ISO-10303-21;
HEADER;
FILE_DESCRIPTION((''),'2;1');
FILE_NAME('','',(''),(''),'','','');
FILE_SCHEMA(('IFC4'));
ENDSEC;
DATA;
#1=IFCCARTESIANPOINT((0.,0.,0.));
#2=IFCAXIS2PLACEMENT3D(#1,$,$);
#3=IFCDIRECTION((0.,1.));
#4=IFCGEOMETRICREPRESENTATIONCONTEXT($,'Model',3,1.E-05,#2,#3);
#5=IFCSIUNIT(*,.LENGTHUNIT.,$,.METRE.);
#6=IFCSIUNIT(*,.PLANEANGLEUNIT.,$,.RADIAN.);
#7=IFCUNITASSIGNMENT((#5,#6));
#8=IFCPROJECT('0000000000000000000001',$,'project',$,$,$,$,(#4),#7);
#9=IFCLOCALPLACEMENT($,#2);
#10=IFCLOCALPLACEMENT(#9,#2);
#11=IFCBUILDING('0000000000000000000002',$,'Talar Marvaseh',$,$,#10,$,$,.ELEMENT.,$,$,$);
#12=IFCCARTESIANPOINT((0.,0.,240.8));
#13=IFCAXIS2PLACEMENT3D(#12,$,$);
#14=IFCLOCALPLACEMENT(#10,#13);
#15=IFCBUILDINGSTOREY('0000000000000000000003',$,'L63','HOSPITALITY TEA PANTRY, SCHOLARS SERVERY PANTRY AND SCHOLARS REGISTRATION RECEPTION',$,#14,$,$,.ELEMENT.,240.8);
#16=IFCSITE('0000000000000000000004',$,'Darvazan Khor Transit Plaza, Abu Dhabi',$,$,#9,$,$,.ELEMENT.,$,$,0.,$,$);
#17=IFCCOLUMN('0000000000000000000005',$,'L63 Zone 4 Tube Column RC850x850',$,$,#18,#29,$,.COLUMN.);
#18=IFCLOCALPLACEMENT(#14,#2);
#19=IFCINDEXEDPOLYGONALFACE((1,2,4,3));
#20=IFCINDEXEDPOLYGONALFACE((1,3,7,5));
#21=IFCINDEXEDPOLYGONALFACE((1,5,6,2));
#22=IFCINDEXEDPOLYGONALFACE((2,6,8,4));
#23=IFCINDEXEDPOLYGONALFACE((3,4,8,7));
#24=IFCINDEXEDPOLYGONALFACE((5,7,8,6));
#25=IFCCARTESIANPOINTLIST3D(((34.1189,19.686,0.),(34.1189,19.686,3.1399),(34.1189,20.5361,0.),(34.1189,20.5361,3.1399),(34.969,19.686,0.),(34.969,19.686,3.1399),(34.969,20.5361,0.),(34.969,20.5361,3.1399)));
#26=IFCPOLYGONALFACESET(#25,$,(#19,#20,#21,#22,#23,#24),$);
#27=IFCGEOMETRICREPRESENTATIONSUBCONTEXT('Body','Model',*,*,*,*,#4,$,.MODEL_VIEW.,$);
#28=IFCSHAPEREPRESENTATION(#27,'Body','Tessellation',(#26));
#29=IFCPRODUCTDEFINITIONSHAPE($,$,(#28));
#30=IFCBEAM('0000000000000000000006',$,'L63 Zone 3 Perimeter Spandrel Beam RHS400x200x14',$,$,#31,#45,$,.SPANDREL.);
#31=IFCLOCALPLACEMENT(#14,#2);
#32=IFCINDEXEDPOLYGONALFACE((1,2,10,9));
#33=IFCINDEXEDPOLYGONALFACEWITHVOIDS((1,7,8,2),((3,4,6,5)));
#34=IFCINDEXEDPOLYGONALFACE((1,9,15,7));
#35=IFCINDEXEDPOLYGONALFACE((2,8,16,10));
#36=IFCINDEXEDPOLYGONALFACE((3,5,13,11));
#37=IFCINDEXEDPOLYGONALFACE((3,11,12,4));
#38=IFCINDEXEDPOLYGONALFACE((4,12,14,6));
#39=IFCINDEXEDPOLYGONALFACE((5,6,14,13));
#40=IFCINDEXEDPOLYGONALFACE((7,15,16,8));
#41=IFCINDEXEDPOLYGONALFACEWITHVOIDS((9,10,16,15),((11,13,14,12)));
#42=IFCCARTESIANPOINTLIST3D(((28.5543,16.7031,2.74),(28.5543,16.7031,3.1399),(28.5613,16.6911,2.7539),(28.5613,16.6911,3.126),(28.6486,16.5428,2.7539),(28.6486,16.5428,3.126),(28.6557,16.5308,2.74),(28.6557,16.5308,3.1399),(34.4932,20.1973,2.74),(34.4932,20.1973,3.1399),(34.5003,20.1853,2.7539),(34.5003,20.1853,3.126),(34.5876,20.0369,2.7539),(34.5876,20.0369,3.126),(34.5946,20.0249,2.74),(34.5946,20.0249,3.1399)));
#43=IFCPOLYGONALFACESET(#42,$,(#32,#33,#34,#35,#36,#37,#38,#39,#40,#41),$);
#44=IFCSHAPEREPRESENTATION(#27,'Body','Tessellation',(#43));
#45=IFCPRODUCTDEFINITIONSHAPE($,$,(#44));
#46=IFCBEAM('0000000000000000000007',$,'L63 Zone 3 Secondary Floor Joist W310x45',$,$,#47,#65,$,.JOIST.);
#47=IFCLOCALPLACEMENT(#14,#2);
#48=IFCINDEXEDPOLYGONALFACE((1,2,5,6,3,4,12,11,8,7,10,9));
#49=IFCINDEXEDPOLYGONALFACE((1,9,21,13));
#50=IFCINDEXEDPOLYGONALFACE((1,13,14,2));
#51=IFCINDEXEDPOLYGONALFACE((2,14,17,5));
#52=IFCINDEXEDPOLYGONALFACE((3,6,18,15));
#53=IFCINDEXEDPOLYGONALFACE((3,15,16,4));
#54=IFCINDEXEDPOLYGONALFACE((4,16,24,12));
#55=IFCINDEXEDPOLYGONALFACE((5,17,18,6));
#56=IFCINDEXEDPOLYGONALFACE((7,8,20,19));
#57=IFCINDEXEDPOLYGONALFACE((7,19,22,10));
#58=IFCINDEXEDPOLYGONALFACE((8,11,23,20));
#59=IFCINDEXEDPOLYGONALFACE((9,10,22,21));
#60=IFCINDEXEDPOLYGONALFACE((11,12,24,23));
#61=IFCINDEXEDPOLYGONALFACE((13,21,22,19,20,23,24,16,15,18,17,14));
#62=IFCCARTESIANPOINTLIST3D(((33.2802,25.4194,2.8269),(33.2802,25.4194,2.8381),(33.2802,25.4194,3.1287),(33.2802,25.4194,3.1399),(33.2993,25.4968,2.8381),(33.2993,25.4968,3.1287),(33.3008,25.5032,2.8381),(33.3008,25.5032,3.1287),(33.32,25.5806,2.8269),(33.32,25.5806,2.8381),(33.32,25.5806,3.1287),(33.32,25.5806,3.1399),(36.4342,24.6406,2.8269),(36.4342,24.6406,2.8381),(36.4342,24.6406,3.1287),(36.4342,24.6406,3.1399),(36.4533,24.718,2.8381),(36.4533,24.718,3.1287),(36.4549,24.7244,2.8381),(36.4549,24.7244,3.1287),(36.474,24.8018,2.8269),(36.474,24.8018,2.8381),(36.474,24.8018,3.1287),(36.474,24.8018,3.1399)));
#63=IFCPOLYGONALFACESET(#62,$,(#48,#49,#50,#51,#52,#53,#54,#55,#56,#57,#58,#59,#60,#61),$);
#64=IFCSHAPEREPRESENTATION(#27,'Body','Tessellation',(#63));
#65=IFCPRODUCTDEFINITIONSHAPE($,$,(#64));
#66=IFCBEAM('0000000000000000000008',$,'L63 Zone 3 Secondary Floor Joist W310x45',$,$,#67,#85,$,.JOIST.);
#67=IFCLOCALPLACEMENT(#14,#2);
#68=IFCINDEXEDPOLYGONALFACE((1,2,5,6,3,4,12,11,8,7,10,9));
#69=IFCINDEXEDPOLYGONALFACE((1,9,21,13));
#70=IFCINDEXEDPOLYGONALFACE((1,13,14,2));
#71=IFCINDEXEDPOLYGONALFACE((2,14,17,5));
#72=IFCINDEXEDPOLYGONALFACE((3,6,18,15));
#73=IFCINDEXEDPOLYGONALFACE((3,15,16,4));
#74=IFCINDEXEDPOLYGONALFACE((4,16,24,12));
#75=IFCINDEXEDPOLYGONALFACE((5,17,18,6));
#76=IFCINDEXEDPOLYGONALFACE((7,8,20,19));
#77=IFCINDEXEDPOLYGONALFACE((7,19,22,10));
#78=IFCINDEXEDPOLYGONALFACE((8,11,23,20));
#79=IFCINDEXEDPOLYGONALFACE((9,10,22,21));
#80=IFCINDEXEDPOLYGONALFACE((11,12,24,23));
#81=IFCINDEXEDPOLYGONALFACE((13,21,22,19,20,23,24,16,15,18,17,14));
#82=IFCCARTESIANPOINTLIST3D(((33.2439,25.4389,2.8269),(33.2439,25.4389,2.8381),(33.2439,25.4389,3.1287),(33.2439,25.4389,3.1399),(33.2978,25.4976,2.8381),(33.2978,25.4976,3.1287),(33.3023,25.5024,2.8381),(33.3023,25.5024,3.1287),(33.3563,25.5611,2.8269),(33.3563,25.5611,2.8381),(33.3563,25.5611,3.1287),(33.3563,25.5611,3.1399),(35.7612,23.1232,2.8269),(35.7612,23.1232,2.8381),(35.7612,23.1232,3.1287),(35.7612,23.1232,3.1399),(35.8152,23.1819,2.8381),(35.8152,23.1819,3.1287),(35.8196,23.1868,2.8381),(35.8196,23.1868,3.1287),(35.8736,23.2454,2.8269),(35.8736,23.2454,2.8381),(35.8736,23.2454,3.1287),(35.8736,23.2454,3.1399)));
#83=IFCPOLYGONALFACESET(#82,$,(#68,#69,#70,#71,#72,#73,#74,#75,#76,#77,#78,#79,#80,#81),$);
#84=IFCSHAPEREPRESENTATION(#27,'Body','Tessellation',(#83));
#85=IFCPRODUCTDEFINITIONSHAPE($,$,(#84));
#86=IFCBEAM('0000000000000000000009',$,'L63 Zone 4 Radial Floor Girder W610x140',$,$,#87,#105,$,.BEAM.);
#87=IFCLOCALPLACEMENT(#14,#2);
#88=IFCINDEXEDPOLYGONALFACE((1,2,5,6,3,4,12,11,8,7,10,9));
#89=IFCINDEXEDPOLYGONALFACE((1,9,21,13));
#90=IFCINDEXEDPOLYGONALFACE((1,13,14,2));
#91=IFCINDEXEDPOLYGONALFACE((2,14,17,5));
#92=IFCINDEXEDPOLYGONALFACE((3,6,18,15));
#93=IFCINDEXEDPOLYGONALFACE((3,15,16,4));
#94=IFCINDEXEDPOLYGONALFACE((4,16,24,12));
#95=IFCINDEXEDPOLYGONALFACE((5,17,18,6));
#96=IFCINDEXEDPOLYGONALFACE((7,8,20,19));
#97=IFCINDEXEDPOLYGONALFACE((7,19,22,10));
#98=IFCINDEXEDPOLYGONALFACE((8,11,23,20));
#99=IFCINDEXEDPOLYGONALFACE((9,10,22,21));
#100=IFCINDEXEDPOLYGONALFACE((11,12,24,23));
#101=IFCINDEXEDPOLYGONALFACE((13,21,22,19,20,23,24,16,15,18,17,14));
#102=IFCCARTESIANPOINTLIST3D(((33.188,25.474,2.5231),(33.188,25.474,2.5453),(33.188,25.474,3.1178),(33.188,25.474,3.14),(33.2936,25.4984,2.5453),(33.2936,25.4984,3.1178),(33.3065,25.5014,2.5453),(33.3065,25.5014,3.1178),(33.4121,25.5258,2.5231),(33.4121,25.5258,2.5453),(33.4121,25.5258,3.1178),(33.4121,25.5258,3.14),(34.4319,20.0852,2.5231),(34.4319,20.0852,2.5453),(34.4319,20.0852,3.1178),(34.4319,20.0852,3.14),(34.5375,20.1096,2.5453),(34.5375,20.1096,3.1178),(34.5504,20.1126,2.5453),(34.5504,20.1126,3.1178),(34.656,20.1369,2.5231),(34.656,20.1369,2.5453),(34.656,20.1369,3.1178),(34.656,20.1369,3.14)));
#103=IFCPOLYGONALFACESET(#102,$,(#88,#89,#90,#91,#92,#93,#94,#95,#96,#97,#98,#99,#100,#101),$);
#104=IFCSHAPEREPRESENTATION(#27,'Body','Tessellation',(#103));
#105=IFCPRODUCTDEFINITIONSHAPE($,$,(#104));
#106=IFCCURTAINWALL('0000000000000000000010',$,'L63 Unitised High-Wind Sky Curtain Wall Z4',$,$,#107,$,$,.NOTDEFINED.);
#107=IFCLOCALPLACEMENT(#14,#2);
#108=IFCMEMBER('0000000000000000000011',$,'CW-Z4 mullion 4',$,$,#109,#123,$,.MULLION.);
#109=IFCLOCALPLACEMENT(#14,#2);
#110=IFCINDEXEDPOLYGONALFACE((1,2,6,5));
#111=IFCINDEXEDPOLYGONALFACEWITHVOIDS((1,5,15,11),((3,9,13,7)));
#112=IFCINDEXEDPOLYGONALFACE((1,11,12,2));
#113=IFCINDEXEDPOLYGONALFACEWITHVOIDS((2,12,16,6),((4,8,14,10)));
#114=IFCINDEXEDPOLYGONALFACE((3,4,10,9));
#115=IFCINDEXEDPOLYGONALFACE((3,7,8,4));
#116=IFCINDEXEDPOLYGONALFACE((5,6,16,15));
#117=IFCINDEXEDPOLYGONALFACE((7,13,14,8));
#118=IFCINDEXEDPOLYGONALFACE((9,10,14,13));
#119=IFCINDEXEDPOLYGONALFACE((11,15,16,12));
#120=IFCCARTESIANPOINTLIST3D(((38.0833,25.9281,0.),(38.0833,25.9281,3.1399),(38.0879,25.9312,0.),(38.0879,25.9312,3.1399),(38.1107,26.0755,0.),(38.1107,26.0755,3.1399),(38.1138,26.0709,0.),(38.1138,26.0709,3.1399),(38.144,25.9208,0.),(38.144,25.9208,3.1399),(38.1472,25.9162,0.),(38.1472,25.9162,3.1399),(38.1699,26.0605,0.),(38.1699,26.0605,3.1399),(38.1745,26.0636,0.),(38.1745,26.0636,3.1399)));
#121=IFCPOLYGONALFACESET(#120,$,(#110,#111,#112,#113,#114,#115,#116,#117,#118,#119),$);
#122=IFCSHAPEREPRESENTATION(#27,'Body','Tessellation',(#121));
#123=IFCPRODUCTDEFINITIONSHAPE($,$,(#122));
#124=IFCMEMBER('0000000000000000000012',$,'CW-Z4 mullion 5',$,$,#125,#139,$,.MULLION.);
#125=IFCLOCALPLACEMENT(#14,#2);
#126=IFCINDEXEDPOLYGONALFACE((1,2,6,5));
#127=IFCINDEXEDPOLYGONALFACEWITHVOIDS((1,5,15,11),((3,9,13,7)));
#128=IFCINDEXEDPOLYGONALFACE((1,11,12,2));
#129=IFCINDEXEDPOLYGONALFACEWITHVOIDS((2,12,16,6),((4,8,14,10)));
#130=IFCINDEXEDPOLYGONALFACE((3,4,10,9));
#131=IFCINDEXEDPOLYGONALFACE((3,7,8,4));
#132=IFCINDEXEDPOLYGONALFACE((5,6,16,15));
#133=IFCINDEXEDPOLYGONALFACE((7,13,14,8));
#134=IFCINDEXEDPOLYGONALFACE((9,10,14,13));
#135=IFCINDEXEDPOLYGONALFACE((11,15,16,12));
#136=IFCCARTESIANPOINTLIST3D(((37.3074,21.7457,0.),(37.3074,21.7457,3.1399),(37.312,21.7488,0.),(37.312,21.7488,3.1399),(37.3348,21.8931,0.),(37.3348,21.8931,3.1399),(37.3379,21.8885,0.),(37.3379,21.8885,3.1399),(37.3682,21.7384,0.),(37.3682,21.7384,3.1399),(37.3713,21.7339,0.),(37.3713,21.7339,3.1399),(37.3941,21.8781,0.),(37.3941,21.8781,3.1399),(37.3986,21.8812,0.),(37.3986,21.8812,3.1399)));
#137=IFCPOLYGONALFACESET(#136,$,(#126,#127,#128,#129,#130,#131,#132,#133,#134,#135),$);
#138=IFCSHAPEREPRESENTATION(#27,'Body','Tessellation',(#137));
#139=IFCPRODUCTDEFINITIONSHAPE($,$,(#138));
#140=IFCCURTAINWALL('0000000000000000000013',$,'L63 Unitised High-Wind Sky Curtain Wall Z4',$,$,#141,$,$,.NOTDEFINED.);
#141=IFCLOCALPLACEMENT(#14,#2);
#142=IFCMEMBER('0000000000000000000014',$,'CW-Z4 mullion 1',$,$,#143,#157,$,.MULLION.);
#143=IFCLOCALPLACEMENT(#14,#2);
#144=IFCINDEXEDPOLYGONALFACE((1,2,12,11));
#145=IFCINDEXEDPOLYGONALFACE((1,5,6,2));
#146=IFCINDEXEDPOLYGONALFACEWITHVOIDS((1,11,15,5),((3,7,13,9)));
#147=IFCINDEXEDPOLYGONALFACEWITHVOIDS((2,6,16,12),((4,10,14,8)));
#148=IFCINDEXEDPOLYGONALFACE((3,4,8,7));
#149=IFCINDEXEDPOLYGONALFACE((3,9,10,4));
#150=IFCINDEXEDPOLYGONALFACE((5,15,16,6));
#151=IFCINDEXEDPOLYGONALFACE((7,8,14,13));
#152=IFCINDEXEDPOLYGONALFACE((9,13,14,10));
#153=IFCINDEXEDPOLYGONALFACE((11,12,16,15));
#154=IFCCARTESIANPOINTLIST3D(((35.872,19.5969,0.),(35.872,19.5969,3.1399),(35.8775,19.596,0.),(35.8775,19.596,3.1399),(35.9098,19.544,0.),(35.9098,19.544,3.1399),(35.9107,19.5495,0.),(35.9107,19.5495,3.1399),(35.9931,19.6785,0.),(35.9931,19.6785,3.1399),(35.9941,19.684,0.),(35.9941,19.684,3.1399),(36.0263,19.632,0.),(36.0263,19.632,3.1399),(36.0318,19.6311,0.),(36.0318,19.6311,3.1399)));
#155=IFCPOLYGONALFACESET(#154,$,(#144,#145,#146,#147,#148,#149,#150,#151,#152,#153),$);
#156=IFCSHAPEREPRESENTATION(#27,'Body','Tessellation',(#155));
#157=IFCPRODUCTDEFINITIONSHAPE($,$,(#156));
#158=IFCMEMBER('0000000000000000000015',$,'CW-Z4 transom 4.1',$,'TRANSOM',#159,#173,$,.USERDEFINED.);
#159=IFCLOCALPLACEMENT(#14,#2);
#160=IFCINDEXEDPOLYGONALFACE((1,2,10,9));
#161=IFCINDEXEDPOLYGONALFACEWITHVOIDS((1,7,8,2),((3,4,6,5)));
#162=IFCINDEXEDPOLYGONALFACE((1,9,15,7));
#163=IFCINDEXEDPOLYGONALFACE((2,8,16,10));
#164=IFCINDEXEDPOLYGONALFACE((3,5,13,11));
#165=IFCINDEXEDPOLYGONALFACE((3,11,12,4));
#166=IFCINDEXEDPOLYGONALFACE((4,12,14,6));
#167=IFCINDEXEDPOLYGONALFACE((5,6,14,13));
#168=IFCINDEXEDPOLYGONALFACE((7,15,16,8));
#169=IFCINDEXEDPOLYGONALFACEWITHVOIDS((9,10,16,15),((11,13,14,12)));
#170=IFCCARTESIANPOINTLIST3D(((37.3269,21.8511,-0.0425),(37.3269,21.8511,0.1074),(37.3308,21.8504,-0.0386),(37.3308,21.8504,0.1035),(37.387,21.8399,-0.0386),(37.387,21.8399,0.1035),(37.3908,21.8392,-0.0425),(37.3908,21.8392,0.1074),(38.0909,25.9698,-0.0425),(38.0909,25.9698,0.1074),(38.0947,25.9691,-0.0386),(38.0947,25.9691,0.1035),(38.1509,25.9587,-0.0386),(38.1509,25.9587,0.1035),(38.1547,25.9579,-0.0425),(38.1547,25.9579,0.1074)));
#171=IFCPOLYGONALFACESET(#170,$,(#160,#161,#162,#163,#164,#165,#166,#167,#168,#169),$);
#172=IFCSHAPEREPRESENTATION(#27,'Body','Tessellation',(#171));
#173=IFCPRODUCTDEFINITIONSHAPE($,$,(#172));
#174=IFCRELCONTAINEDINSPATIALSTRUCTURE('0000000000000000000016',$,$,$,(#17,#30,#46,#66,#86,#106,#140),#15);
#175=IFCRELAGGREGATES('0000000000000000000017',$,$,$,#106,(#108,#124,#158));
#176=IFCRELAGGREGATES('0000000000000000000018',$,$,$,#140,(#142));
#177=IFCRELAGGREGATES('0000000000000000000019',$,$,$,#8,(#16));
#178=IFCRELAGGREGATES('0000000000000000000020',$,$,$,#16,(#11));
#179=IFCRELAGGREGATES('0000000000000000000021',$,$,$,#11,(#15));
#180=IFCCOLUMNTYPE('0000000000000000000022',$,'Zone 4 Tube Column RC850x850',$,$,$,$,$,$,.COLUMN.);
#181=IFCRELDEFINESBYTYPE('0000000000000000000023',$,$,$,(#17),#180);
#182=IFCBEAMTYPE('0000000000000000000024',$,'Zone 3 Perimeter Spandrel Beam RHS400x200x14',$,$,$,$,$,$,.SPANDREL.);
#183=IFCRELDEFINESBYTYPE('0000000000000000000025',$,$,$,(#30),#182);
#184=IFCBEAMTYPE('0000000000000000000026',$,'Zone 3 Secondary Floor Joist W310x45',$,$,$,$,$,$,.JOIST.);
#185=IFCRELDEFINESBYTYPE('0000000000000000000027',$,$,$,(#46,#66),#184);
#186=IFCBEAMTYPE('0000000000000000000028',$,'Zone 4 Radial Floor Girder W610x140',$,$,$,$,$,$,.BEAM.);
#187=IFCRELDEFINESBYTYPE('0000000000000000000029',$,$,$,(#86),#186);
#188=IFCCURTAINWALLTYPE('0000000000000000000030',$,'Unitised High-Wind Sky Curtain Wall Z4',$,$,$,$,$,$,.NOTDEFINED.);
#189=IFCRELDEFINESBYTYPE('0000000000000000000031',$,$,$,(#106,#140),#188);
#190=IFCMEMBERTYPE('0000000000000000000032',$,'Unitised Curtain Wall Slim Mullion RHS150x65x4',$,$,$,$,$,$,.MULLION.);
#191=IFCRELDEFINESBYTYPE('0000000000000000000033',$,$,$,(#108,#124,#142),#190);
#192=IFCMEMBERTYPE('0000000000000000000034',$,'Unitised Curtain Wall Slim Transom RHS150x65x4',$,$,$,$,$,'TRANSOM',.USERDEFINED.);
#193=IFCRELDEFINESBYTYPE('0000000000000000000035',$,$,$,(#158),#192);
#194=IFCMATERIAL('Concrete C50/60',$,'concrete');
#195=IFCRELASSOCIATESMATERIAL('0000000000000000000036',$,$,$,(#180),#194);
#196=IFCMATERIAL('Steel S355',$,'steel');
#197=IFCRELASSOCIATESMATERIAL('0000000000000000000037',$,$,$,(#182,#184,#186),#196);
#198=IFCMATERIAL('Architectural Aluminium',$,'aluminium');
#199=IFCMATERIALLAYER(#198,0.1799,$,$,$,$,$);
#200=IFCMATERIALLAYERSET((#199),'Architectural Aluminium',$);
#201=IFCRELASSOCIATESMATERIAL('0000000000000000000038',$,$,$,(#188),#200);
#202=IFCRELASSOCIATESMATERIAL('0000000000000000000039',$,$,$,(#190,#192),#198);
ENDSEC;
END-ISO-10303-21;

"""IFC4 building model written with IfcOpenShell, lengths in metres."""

from ifc_helpers import new_model, si_unit, direction, frame, origin, origin_2d, place, context, subcontext, project, spatial, rectangle, hollow_rectangle, i_section, extrude, source, transform, mapped, material, layer, layer_set, material_profile, profile_set, type_object, type_shapes, element, aggregate, save


model = new_model("IFC4")

# Units and contexts
model_context = context("Model", 3, precision=1e-05, world=origin(), true_north=direction((0.0, 1.0)))
body_context = subcontext(model_context, "Body", "Model", "MODEL_VIEW")
ifc_project = project(units=[si_unit("LENGTHUNIT", "METRE"), si_unit("PLANEANGLEUNIT", "RADIAN")], contexts=[model_context])

# Site, building, storey
site_placement = place(None, origin())
site = spatial("IfcSite", under=ifc_project, at=site_placement, Name="Darvazan Khor Transit Plaza, Abu Dhabi", CompositionType="ELEMENT", RefElevation=0.0)
building_placement = place(site_placement, origin())
building = spatial("IfcBuilding", under=site, at=building_placement, Name="Talar Marvaseh", CompositionType="ELEMENT")
storey_placement = place(building_placement, frame((0.0, 0.0, 240.8)))
storey = spatial("IfcBuildingStorey", under=building, at=storey_placement, Name="L63", Description="HOSPITALITY TEA PANTRY, SCHOLARS SERVERY PANTRY AND SCHOLARS REGISTRATION RECEPTION", CompositionType="ELEMENT", Elevation=240.8)

# Column
ifc_material_1 = material(Name="Concrete C50/60", Category="concrete")
ifc_material_profile_1 = material_profile(ifc_material_1, rectangle(XDim=0.8501, YDim=0.8501, at=origin_2d()), Name="RC850x850")
ifc_profile_set_1 = profile_set([ifc_material_profile_1], Name="Concrete C50/60")
column_type = type_object("IfcColumnType", Name="Zone 4 Tube Column RC850x850", PredefinedType="COLUMN", material=ifc_profile_set_1)
column_placement = place(storey_placement, frame((34.5439, 20.1111, 0.0), z_axis=(0.0, 0.0, 1.0), x_axis=(1.0, 0.0, 0.0)))
element("IfcColumn", 1, at=column_placement, inside=storey, type_object=column_type, Name="L63 Zone 4 Tube Column RC850x850", PredefinedType="COLUMN", context=body_context, shape_type="SweptSolid", body=[
    extrude(rectangle(XDim=0.8501, YDim=0.8501, at=origin_2d()), origin(), (0.0, 0.0, 1.0), 3.1399),
])

# Beams
ifc_material_2 = material(Name="Steel S355", Category="steel")
ifc_material_profile_2 = material_profile(ifc_material_2, hollow_rectangle(XDim=0.2, YDim=0.3999, WallThickness=0.0139, at=origin_2d()), Name="RHS400x200x14")
ifc_profile_set_2 = profile_set([ifc_material_profile_2], Name="Steel S355")
beam_type_1 = type_object("IfcBeamType", Name="Zone 3 Perimeter Spandrel Beam RHS400x200x14", PredefinedType="SPANDREL", material=ifc_profile_set_2)
beam_1_placement = place(storey_placement, frame((34.5439, 20.1111, 2.9399), z_axis=(-0.861894, -0.507088, 0.0), x_axis=(0.507088, -0.861894, 0.0)))
element("IfcBeam", 2, at=beam_1_placement, inside=storey, type_object=beam_type_1, Name="L63 Zone 3 Perimeter Spandrel Beam RHS400x200x14", PredefinedType="SPANDREL", context=body_context, shape_type="SweptSolid", body=[
    extrude(hollow_rectangle(XDim=0.2, YDim=0.3999, WallThickness=0.0139, at=origin_2d()), origin(), (0.0, 0.0, 1.0), 6.8906),
])
ifc_material_profile_3 = material_profile(ifc_material_2, i_section(OverallWidth=0.166, OverallDepth=0.313, WebThickness=0.0066, FlangeThickness=0.0112, at=origin_2d()), Name="W310x45")
ifc_profile_set_3 = profile_set([ifc_material_profile_3], Name="Steel S355")
beam_type_2 = type_object("IfcBeamType", Name="Zone 3 Secondary Floor Joist W310x45", PredefinedType="JOIST", material=ifc_profile_set_3)
beam_2_placement = place(storey_placement, frame((36.4541, 24.7212, 2.9834), z_axis=(-0.970841, 0.239723, 0.0), x_axis=(-0.239723, -0.970841, 0.0)))
element("IfcBeam", 3, at=beam_2_placement, inside=storey, type_object=beam_type_2, Name="L63 Zone 3 Secondary Floor Joist W310x45", PredefinedType="JOIST", context=body_context, shape_type="SweptSolid", body=[
    extrude(i_section(OverallWidth=0.166, OverallDepth=0.313, WebThickness=0.0066, FlangeThickness=0.0112, at=origin_2d()), origin(), (0.0, 0.0, 1.0), 3.2488),
])
beam_3_placement = place(storey_placement, frame((35.8174, 23.1843, 2.9834), z_axis=(-0.735971, 0.677013, 0.0), x_axis=(-0.677013, -0.735971, 0.0)))
element("IfcBeam", 4, at=beam_3_placement, inside=storey, type_object=beam_type_2, Name="L63 Zone 3 Secondary Floor Joist W310x45", PredefinedType="JOIST", context=body_context, shape_type="SweptSolid", body=[
    extrude(i_section(OverallWidth=0.166, OverallDepth=0.313, WebThickness=0.0066, FlangeThickness=0.0112, at=origin_2d()), origin(), (0.0, 0.0, 1.0), 3.4204),
])
ifc_material_profile_4 = material_profile(ifc_material_2, i_section(OverallWidth=0.23, OverallDepth=0.6169, WebThickness=0.0132, FlangeThickness=0.0222, at=origin_2d()), Name="W610x140")
ifc_profile_set_4 = profile_set([ifc_material_profile_4], Name="Steel S355")
beam_type_3 = type_object("IfcBeamType", Name="Zone 4 Radial Floor Girder W610x140", PredefinedType="BEAM", material=ifc_profile_set_4)
beam_4_placement = place(storey_placement, frame((34.5439, 20.1111, 2.8315), z_axis=(-0.224911, 0.974379, 0.0), x_axis=(-0.974379, -0.224911, 0.0)))
element("IfcBeam", 5, at=beam_4_placement, inside=storey, type_object=beam_type_3, Name="L63 Zone 4 Radial Floor Girder W610x140", PredefinedType="BEAM", context=body_context, shape_type="SweptSolid", body=[
    extrude(i_section(OverallWidth=0.23, OverallDepth=0.6169, WebThickness=0.0132, FlangeThickness=0.0222, at=origin_2d()), origin(), (0.0, 0.0, 1.0), 5.5305),
])

# Curtain wall, members
ifc_material_3 = material(Name="Architectural Aluminium", Category="aluminium")
ifc_layer_1 = layer(ifc_material_3, 0.1799)
ifc_layer_set_1 = layer_set([ifc_layer_1], Name="Architectural Aluminium")
curtain_wall_type = type_object("IfcCurtainWallType", Name="Unitised High-Wind Sky Curtain Wall Z4", PredefinedType="NOTDEFINED", material=ifc_layer_set_1)
curtain_wall_1_placement = place(storey_placement, origin())
curtain_wall_1 = element("IfcCurtainWall", 6, at=curtain_wall_1_placement, inside=storey, type_object=curtain_wall_type, Name="L63 Unitised High-Wind Sky Curtain Wall Z4", PredefinedType="NOTDEFINED")
ifc_material_profile_5 = material_profile(ifc_material_3, hollow_rectangle(XDim=0.0649, YDim=0.1499, WallThickness=0.0039, at=origin_2d()), Name="RHS150x65x4")
ifc_profile_set_5 = profile_set([ifc_material_profile_5], Name="Architectural Aluminium")
member_type_1 = type_object("IfcMemberType", Name="Unitised Curtain Wall Slim Mullion RHS150x65x4", PredefinedType="MULLION", material=ifc_profile_set_5)
shared_shape_1 = source(origin(), body_context, "Body", "SweptSolid", [
    extrude(hollow_rectangle(XDim=0.0649, YDim=0.1499, WallThickness=0.0039, at=origin_2d()), origin(), (0.0, 0.0, 1.0), 3.1399),
])
type_shapes(member_type_1, [shared_shape_1])
member_1_placement = place(storey_placement, frame((38.1289, 25.9958, 0.0), z_axis=(0.0, 0.0, 1.0), x_axis=(0.983227, -0.182386, 0.0)))
member_1 = element("IfcMember", 7, at=member_1_placement, type_object=member_type_1, Name="CW-Z4 mullion 4", PredefinedType="MULLION", context=body_context, shape_type="MappedRepresentation", body=[
    mapped(shared_shape_1, transform((0.0, 0.0, 0.0), x_axis=(1.0, 0.0, 0.0), y_axis=(0.0, 1.0, 0.0), z_axis=(0.0, 0.0, 1.0), scale=1.0)),
])
member_2_placement = place(storey_placement, frame((37.353, 21.8135, 0.0), z_axis=(0.0, 0.0, 1.0), x_axis=(0.983227, -0.182386, 0.0)))
member_2 = element("IfcMember", 8, at=member_2_placement, type_object=member_type_1, Name="CW-Z4 mullion 5", PredefinedType="MULLION", context=body_context, shape_type="MappedRepresentation", body=[
    mapped(shared_shape_1, transform((0.0, 0.0, 0.0), x_axis=(1.0, 0.0, 0.0), y_axis=(0.0, 1.0, 0.0), z_axis=(0.0, 0.0, 1.0), scale=1.0)),
])

# Curtain wall, member
curtain_wall_2_placement = place(storey_placement, origin())
curtain_wall_2 = element("IfcCurtainWall", 9, at=curtain_wall_2_placement, inside=storey, type_object=curtain_wall_type, Name="L63 Unitised High-Wind Sky Curtain Wall Z4", PredefinedType="NOTDEFINED")
member_3_placement = place(storey_placement, frame((35.9519, 19.614, 0.0), z_axis=(0.0, 0.0, 1.0), x_axis=(0.580831, -0.814024, 0.0)))
member_3 = element("IfcMember", 10, at=member_3_placement, type_object=member_type_1, Name="CW-Z4 mullion 1", PredefinedType="MULLION", context=body_context, shape_type="MappedRepresentation", body=[
    mapped(shared_shape_1, transform((0.0, 0.0, 0.0), x_axis=(1.0, 0.0, 0.0), y_axis=(0.0, 1.0, 0.0), z_axis=(0.0, 0.0, 1.0), scale=1.0)),
])

# Member
ifc_material_profile_6 = material_profile(ifc_material_3, hollow_rectangle(XDim=0.0649, YDim=0.1499, WallThickness=0.0039, at=origin_2d()), Name="RHS150x65x4")
ifc_profile_set_6 = profile_set([ifc_material_profile_6], Name="Architectural Aluminium")
member_type_2 = type_object("IfcMemberType", Name="Unitised Curtain Wall Slim Transom RHS150x65x4", ElementType="TRANSOM", PredefinedType="USERDEFINED", material=ifc_profile_set_6)
shared_shape_2 = source(origin(), body_context, "Body", "SweptSolid", [
    extrude(hollow_rectangle(XDim=0.0649, YDim=0.1499, WallThickness=0.0039, at=origin_2d()), origin(), (0.0, 0.0, 1.0), 4.189),
])
member_4_placement = place(storey_placement, frame((38.1228, 25.9639, 0.0325), z_axis=(-0.182367, -0.983231, 0.0), x_axis=(0.983231, -0.182367, 0.0)))
member_4 = element("IfcMember", 11, at=member_4_placement, type_object=member_type_2, Name="CW-Z4 transom 4.1", ObjectType="TRANSOM", PredefinedType="USERDEFINED", context=body_context, shape_type="MappedRepresentation", body=[
    mapped(shared_shape_2, transform((0.0, 0.0, 0.0), x_axis=(1.0, 0.0, 0.0), y_axis=(0.0, 1.0, 0.0), z_axis=(0.0, 0.0, 1.0), scale=1.0)),
])

aggregate(curtain_wall_1, [member_1, member_2, member_4])
aggregate(curtain_wall_2, [member_3])

save(model, "model.ifc")
